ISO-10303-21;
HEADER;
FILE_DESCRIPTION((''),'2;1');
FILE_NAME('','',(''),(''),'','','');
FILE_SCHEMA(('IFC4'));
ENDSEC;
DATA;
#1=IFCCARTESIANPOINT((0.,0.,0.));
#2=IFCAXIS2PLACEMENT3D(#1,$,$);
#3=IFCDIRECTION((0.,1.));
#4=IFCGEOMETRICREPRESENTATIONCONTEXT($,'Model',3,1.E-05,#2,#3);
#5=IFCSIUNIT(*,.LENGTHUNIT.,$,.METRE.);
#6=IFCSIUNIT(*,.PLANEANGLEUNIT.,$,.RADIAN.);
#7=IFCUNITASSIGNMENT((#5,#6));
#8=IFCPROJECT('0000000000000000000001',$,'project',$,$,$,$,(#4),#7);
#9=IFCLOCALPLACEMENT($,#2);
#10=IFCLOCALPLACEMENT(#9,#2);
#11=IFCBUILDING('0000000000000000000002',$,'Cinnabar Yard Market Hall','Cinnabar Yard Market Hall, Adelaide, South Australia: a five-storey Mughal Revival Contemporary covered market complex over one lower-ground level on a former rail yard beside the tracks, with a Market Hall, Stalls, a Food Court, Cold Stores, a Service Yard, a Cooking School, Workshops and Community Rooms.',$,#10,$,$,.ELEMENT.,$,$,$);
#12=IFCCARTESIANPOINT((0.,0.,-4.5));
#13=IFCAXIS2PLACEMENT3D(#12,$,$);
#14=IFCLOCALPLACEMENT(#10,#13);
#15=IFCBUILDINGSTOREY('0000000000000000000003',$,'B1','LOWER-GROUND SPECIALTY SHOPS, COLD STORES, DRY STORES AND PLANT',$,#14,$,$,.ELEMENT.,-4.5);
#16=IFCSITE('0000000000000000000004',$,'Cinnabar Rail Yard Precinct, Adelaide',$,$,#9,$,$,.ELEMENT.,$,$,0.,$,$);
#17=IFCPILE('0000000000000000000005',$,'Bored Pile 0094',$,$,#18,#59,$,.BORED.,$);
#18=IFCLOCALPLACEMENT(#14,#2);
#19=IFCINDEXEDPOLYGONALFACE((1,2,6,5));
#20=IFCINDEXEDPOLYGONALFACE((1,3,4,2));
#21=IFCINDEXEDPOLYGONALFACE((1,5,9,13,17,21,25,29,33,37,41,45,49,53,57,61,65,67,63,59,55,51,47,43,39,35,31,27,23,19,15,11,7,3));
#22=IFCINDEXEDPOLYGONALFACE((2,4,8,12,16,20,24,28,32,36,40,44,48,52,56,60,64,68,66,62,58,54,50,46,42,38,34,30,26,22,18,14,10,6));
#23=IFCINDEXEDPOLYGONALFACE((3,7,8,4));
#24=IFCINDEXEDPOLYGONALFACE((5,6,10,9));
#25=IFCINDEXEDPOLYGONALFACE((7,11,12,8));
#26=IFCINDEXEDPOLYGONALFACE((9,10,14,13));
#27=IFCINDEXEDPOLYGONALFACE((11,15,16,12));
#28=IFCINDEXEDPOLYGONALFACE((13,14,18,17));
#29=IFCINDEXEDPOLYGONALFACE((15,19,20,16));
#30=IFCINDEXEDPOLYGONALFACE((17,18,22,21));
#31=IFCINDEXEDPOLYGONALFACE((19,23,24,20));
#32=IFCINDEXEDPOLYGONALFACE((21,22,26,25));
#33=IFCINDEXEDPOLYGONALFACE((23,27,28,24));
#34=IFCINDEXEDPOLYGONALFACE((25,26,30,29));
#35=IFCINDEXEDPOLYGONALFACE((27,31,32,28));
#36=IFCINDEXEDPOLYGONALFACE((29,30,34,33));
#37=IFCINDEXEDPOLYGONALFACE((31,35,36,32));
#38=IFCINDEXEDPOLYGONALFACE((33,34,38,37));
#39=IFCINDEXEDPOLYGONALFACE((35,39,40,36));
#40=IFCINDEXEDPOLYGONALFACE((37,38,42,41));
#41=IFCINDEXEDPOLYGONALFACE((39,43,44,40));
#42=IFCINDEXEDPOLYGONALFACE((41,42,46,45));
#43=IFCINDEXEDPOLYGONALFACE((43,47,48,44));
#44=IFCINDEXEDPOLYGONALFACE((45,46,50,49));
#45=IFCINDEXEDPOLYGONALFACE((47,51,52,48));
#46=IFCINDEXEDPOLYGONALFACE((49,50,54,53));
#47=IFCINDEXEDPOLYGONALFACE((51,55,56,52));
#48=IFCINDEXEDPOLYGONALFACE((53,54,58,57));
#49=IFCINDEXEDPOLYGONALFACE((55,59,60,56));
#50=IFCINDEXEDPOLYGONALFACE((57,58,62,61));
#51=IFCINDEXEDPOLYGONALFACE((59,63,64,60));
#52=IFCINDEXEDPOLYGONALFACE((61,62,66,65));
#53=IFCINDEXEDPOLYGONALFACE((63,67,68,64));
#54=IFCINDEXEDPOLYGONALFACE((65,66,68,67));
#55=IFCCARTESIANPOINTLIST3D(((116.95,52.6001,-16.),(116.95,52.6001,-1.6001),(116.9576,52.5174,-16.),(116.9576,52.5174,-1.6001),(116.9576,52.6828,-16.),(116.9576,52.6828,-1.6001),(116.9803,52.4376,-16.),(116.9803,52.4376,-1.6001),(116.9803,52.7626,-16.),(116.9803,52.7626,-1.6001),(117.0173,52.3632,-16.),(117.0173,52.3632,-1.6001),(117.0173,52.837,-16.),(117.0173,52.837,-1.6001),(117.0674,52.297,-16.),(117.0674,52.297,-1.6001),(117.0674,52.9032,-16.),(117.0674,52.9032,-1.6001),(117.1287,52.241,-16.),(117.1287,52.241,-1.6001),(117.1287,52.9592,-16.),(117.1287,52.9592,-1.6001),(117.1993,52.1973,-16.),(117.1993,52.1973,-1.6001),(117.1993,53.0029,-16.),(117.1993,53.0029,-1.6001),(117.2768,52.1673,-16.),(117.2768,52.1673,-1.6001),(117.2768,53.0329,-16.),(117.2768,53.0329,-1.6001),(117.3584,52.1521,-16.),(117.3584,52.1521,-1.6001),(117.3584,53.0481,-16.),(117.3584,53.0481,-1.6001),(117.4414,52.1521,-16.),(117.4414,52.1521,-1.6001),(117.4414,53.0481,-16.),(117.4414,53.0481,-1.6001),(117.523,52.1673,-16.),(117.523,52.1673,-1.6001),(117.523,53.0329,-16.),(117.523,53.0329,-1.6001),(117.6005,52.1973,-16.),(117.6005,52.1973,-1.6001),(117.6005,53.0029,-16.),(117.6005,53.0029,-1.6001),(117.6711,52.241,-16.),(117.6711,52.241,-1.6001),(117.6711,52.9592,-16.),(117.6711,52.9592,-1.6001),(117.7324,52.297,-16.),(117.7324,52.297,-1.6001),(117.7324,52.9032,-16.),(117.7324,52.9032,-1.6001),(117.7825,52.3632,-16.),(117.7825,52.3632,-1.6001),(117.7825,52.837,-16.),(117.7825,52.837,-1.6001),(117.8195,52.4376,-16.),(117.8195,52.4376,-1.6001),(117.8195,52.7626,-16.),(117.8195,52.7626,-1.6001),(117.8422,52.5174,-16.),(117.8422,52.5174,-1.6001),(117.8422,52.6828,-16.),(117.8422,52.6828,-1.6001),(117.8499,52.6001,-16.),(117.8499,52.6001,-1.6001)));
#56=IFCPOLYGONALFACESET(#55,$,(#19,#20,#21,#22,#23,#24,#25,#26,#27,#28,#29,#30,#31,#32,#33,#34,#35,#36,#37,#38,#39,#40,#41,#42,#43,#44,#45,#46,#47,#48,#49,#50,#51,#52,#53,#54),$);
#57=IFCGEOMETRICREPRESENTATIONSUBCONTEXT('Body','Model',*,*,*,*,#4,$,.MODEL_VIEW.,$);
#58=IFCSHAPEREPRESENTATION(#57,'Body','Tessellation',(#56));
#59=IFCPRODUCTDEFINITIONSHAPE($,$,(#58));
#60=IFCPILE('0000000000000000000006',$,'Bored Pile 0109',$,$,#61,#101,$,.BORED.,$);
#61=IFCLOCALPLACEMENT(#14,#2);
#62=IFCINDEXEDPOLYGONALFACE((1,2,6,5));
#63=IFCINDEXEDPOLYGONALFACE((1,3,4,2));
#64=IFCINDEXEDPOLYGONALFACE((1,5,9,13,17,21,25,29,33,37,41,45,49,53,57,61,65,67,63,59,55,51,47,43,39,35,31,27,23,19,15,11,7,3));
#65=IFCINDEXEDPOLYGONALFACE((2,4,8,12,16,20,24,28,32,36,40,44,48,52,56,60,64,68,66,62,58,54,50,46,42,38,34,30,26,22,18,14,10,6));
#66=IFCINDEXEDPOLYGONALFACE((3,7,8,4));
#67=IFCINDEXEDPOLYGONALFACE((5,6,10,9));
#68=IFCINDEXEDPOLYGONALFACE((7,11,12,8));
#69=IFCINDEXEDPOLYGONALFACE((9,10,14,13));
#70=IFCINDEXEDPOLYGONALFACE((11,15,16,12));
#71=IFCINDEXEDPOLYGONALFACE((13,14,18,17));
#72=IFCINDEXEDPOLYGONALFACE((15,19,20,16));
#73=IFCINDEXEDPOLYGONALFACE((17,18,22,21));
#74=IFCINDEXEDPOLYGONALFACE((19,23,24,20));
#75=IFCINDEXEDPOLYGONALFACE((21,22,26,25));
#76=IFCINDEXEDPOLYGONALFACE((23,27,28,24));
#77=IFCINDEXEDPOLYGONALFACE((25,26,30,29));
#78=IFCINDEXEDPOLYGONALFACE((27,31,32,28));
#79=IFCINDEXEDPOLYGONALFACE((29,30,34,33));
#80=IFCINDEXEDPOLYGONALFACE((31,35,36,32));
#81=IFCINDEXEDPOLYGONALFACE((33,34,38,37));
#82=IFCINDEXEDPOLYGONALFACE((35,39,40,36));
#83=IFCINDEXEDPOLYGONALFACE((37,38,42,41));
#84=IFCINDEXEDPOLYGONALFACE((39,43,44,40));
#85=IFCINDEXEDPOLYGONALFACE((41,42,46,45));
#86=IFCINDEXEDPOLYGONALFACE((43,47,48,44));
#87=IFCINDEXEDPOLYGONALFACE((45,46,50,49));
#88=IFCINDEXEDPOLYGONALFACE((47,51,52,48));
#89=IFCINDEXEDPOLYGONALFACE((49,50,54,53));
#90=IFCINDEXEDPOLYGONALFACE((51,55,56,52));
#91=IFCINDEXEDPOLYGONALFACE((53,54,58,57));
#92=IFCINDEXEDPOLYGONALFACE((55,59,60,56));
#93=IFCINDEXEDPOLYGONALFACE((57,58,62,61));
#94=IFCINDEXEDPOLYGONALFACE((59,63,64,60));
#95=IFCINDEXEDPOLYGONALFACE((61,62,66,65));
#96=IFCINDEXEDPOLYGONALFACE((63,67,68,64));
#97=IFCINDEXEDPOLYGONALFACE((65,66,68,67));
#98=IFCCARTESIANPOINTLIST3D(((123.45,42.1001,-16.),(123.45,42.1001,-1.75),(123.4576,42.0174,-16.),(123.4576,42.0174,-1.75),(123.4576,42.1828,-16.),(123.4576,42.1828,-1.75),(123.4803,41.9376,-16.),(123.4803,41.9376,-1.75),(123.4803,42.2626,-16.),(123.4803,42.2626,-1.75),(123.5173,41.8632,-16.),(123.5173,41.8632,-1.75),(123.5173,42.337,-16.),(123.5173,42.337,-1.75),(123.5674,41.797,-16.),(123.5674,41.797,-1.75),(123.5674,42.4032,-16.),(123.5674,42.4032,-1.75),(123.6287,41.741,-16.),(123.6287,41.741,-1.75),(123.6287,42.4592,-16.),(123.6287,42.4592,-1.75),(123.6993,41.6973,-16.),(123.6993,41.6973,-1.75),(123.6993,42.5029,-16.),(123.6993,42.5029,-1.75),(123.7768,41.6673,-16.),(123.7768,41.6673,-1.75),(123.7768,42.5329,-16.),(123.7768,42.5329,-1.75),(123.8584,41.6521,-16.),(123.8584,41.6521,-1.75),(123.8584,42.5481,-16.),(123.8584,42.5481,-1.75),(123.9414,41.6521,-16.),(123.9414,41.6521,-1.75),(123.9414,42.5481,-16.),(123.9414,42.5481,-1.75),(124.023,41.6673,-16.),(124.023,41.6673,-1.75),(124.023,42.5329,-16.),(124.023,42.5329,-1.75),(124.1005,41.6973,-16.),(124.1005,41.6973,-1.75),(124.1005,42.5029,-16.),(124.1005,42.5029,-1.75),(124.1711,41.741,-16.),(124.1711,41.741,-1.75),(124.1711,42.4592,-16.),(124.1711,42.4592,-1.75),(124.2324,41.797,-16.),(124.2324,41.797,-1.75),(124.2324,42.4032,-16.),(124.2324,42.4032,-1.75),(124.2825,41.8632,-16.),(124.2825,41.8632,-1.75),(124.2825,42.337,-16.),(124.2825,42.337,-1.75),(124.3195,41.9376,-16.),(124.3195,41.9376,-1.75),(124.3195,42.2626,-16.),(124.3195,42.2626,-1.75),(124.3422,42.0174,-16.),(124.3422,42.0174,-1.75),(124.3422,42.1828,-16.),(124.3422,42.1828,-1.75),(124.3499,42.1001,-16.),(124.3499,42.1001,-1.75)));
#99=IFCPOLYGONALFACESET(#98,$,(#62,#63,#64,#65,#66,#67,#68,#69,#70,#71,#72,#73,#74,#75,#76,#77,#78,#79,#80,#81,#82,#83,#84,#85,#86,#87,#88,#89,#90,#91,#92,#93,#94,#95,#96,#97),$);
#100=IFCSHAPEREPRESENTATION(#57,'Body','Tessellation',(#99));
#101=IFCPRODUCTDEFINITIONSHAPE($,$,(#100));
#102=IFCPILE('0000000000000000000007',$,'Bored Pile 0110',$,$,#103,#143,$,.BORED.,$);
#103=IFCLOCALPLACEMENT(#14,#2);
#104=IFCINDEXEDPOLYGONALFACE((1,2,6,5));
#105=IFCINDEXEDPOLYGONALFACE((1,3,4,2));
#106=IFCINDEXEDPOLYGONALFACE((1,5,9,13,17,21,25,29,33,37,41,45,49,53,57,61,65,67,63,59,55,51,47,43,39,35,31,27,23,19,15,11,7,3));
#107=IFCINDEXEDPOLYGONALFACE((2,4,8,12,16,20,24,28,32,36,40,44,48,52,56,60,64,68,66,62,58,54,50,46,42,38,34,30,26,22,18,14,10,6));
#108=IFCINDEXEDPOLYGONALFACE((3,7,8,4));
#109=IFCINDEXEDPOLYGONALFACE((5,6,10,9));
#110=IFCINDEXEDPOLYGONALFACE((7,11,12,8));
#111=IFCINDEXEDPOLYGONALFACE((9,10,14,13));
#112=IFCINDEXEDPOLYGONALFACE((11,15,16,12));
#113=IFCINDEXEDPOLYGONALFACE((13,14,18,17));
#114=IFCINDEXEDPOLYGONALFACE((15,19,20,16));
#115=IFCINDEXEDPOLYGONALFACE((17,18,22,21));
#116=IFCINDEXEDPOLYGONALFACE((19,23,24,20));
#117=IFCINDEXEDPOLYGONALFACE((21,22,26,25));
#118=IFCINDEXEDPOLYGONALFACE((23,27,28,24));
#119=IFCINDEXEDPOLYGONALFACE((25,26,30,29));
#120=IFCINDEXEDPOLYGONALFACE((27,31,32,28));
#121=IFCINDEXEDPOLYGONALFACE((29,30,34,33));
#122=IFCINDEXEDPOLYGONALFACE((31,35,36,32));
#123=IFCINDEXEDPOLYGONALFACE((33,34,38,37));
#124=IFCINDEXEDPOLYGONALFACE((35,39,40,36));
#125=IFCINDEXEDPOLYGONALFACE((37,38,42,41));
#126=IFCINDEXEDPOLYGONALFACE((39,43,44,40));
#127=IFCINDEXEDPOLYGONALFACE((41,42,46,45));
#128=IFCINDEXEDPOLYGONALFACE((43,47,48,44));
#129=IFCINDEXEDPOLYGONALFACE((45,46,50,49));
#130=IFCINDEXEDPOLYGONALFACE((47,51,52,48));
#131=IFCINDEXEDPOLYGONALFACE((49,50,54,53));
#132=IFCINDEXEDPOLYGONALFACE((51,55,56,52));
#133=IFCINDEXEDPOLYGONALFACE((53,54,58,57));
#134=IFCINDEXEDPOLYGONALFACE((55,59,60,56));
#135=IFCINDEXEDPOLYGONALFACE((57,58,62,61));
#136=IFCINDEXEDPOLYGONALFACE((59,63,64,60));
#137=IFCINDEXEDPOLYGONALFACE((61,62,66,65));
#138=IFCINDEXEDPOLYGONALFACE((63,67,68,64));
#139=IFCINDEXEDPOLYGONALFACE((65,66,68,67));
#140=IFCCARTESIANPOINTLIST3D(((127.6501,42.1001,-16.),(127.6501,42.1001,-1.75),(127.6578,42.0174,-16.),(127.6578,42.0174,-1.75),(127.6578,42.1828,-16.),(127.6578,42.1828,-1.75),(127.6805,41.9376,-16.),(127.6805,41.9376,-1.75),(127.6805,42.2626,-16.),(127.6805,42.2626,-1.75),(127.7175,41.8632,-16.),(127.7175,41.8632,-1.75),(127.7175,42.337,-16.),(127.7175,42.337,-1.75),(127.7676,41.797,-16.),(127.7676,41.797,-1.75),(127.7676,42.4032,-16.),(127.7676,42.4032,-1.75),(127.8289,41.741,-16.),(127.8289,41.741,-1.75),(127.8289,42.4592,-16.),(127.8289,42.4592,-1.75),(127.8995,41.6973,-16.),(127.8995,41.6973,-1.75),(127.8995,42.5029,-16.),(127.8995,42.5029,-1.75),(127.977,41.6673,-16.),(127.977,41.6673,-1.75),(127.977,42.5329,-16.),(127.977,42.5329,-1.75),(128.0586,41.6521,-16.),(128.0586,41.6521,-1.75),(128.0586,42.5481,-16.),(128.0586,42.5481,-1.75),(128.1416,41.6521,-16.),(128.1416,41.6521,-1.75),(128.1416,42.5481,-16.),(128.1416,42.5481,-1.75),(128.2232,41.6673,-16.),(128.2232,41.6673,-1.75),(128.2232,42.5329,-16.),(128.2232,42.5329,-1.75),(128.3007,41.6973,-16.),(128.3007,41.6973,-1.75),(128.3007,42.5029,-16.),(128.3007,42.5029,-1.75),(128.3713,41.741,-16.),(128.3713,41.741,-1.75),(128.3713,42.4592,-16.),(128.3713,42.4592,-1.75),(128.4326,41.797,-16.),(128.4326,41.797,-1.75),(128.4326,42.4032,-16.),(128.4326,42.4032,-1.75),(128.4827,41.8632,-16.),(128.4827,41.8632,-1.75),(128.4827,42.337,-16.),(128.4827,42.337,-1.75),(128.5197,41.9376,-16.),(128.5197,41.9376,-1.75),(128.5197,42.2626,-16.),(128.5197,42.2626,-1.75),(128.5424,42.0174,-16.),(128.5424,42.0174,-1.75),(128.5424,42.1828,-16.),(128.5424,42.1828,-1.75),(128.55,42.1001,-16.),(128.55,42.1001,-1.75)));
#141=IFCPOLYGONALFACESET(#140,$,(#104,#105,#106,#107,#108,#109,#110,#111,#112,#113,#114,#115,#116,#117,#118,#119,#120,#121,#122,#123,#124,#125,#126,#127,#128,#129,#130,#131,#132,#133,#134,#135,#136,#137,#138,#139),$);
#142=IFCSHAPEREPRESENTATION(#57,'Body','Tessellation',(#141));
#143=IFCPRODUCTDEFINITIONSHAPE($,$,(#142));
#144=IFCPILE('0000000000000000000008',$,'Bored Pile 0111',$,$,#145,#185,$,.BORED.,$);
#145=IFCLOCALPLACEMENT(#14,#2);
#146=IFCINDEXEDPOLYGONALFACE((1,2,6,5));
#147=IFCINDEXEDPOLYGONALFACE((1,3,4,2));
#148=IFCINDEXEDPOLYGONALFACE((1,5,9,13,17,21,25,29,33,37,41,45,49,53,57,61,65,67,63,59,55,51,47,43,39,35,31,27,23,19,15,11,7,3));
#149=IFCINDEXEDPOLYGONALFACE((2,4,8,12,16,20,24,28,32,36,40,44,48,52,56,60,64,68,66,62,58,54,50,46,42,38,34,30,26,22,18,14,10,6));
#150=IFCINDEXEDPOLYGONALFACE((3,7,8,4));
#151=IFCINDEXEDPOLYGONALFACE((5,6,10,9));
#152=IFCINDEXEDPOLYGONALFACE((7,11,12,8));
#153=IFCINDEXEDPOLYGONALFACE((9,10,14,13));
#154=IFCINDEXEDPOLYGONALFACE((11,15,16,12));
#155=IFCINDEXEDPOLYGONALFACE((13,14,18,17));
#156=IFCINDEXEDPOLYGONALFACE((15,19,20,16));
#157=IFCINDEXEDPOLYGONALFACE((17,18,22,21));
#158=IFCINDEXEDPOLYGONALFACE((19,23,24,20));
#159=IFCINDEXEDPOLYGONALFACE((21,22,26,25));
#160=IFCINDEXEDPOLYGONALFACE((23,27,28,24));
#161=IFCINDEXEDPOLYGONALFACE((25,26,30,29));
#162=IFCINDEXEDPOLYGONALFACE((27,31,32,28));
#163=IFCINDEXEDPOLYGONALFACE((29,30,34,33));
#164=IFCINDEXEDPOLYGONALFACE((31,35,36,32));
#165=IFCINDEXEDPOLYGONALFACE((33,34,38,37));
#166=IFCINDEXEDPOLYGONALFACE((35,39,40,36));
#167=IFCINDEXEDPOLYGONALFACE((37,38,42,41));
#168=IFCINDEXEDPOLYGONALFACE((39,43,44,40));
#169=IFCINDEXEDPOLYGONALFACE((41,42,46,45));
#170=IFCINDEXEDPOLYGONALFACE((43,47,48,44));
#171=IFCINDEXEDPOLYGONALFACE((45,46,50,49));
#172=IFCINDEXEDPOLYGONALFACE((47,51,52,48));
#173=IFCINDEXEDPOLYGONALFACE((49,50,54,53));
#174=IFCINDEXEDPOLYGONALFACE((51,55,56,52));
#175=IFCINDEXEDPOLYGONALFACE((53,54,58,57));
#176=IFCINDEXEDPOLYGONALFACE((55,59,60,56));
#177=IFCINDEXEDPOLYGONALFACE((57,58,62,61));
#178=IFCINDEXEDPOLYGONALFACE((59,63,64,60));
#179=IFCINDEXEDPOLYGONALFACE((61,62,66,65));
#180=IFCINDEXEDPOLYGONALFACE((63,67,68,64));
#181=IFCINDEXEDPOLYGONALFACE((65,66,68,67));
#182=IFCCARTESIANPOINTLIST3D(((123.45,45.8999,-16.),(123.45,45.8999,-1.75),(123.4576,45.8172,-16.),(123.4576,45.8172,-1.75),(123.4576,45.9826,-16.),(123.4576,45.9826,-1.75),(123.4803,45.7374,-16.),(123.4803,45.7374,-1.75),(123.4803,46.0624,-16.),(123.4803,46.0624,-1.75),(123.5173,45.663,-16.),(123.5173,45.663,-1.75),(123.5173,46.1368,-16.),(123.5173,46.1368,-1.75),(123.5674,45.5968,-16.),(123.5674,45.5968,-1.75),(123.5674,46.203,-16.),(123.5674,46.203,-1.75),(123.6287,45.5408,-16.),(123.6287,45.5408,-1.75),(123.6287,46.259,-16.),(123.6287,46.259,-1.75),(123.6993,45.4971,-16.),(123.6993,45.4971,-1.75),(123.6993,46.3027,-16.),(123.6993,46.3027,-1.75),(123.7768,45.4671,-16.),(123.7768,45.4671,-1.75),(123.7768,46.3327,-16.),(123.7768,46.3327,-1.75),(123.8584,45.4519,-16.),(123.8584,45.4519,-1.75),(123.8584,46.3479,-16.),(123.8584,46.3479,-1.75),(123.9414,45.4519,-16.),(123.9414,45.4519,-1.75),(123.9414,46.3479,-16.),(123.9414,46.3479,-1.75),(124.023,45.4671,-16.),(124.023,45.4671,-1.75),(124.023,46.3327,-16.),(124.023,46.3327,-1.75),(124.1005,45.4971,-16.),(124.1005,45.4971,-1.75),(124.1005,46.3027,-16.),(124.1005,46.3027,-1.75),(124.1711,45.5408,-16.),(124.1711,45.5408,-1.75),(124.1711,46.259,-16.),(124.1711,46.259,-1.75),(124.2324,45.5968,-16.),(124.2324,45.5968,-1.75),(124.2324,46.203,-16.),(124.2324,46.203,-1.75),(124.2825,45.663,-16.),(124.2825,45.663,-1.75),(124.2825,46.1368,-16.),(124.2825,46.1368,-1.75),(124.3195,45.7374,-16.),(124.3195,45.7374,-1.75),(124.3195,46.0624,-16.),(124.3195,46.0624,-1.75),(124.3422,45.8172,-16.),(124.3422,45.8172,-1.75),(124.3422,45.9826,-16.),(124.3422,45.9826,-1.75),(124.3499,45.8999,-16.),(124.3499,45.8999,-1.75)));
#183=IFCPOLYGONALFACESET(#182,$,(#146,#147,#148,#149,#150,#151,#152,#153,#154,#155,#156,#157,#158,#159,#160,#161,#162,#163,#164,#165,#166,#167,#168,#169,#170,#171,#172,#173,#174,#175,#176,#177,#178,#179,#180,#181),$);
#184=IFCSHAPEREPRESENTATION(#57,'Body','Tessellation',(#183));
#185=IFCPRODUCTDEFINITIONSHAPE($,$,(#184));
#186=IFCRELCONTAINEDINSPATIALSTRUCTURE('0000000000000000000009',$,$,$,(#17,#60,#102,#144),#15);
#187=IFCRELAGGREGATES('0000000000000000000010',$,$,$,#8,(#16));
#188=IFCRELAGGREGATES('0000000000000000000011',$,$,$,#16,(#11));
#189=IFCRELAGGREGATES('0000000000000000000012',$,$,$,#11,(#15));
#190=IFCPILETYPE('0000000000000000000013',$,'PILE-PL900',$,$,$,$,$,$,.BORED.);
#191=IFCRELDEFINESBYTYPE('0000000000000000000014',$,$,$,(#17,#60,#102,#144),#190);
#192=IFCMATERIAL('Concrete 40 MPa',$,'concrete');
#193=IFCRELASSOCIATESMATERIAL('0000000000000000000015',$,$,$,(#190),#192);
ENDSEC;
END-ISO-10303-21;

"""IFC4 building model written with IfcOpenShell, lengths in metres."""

from ifc_helpers import new_model, si_unit, direction, frame, origin, origin_2d_with_axis, place, context, subcontext, project, spatial, circle, extrude, material, material_profile, profile_set, type_object, element, save


model = new_model("IFC4")

# Units and contexts
model_context = context("Model", 3, precision=1e-05, world=origin(), true_north=direction((0.0, 1.0)))
body_context = subcontext(model_context, "Body", "Model", "MODEL_VIEW")
ifc_project = project(units=[si_unit("LENGTHUNIT", "METRE"), si_unit("PLANEANGLEUNIT", "RADIAN")], contexts=[model_context])

# Site, building, storey
site_placement = place(None, origin())
site = spatial("IfcSite", under=ifc_project, at=site_placement, Name="Cinnabar Rail Yard Precinct, Adelaide", CompositionType="ELEMENT", RefElevation=0.0)
building_placement = place(site_placement, origin())
building = spatial("IfcBuilding", under=site, at=building_placement, Name="Cinnabar Yard Market Hall", Description="Cinnabar Yard Market Hall, Adelaide, South Australia: a five-storey Mughal Revival Contemporary covered market complex over one lower-ground level on a former rail yard beside the tracks, with a Market Hall, Stalls, a Food Court, Cold Stores, a Service Yard, a Cooking School, Workshops and Community Rooms.", CompositionType="ELEMENT")
storey_placement = place(building_placement, frame((0.0, 0.0, -4.5)))
storey = spatial("IfcBuildingStorey", under=building, at=storey_placement, Name="B1", Description="LOWER-GROUND SPECIALTY SHOPS, COLD STORES, DRY STORES AND PLANT", CompositionType="ELEMENT", Elevation=-4.5)

# Shared definitions
ifc_material_1 = material(Name="Concrete 40 MPa", Category="concrete")

# Piles
ifc_material_profile_1 = material_profile(ifc_material_1, circle(Radius=0.45, at=origin_2d_with_axis()), Name="PILE-D900")
ifc_profile_set_1 = profile_set([ifc_material_profile_1], Name="Concrete 40 MPa")
pile_type = type_object("IfcPileType", Name="PILE-PL900", PredefinedType="BORED", material=ifc_profile_set_1)
pile_1_placement = place(storey_placement, frame((117.3999, 52.6001, -1.6001), z_axis=(0.0, 0.0, -1.0), x_axis=(1.0, 0.0, 0.0)))
element("IfcPile", 1, at=pile_1_placement, inside=storey, type_object=pile_type, Name="Bored Pile 0094", PredefinedType="BORED", context=body_context, shape_type="SweptSolid", body=[
    extrude(circle(Radius=0.45, at=origin_2d_with_axis()), origin(), (0.0, 0.0, 1.0), 14.3999),
])
for number, where, z_axis, x_axis, name in (
    (2, (123.8999, 42.1001, -1.75), (0.0, 0.0, -1.0), (1.0, 0.0, 0.0), "Bored Pile 0109"),
    (3, (128.1001, 42.1001, -1.75), (0.0, 0.0, -1.0), (1.0, 0.0, 0.0), "Bored Pile 0110"),
    (4, (123.8999, 45.8999, -1.75), (0.0, 0.0, -1.0), (1.0, 0.0, 0.0), "Bored Pile 0111"),
):
    element("IfcPile", number, at=place(storey_placement, frame(where, z_axis=z_axis, x_axis=x_axis)), inside=storey, type_object=pile_type, Name=name, PredefinedType="BORED", context=body_context, shape_type="SweptSolid", body=[
        extrude(circle(Radius=0.45, at=origin_2d_with_axis()), origin(), (0.0, 0.0, 1.0), 14.25),
    ])

save(model, "model.ifc")
